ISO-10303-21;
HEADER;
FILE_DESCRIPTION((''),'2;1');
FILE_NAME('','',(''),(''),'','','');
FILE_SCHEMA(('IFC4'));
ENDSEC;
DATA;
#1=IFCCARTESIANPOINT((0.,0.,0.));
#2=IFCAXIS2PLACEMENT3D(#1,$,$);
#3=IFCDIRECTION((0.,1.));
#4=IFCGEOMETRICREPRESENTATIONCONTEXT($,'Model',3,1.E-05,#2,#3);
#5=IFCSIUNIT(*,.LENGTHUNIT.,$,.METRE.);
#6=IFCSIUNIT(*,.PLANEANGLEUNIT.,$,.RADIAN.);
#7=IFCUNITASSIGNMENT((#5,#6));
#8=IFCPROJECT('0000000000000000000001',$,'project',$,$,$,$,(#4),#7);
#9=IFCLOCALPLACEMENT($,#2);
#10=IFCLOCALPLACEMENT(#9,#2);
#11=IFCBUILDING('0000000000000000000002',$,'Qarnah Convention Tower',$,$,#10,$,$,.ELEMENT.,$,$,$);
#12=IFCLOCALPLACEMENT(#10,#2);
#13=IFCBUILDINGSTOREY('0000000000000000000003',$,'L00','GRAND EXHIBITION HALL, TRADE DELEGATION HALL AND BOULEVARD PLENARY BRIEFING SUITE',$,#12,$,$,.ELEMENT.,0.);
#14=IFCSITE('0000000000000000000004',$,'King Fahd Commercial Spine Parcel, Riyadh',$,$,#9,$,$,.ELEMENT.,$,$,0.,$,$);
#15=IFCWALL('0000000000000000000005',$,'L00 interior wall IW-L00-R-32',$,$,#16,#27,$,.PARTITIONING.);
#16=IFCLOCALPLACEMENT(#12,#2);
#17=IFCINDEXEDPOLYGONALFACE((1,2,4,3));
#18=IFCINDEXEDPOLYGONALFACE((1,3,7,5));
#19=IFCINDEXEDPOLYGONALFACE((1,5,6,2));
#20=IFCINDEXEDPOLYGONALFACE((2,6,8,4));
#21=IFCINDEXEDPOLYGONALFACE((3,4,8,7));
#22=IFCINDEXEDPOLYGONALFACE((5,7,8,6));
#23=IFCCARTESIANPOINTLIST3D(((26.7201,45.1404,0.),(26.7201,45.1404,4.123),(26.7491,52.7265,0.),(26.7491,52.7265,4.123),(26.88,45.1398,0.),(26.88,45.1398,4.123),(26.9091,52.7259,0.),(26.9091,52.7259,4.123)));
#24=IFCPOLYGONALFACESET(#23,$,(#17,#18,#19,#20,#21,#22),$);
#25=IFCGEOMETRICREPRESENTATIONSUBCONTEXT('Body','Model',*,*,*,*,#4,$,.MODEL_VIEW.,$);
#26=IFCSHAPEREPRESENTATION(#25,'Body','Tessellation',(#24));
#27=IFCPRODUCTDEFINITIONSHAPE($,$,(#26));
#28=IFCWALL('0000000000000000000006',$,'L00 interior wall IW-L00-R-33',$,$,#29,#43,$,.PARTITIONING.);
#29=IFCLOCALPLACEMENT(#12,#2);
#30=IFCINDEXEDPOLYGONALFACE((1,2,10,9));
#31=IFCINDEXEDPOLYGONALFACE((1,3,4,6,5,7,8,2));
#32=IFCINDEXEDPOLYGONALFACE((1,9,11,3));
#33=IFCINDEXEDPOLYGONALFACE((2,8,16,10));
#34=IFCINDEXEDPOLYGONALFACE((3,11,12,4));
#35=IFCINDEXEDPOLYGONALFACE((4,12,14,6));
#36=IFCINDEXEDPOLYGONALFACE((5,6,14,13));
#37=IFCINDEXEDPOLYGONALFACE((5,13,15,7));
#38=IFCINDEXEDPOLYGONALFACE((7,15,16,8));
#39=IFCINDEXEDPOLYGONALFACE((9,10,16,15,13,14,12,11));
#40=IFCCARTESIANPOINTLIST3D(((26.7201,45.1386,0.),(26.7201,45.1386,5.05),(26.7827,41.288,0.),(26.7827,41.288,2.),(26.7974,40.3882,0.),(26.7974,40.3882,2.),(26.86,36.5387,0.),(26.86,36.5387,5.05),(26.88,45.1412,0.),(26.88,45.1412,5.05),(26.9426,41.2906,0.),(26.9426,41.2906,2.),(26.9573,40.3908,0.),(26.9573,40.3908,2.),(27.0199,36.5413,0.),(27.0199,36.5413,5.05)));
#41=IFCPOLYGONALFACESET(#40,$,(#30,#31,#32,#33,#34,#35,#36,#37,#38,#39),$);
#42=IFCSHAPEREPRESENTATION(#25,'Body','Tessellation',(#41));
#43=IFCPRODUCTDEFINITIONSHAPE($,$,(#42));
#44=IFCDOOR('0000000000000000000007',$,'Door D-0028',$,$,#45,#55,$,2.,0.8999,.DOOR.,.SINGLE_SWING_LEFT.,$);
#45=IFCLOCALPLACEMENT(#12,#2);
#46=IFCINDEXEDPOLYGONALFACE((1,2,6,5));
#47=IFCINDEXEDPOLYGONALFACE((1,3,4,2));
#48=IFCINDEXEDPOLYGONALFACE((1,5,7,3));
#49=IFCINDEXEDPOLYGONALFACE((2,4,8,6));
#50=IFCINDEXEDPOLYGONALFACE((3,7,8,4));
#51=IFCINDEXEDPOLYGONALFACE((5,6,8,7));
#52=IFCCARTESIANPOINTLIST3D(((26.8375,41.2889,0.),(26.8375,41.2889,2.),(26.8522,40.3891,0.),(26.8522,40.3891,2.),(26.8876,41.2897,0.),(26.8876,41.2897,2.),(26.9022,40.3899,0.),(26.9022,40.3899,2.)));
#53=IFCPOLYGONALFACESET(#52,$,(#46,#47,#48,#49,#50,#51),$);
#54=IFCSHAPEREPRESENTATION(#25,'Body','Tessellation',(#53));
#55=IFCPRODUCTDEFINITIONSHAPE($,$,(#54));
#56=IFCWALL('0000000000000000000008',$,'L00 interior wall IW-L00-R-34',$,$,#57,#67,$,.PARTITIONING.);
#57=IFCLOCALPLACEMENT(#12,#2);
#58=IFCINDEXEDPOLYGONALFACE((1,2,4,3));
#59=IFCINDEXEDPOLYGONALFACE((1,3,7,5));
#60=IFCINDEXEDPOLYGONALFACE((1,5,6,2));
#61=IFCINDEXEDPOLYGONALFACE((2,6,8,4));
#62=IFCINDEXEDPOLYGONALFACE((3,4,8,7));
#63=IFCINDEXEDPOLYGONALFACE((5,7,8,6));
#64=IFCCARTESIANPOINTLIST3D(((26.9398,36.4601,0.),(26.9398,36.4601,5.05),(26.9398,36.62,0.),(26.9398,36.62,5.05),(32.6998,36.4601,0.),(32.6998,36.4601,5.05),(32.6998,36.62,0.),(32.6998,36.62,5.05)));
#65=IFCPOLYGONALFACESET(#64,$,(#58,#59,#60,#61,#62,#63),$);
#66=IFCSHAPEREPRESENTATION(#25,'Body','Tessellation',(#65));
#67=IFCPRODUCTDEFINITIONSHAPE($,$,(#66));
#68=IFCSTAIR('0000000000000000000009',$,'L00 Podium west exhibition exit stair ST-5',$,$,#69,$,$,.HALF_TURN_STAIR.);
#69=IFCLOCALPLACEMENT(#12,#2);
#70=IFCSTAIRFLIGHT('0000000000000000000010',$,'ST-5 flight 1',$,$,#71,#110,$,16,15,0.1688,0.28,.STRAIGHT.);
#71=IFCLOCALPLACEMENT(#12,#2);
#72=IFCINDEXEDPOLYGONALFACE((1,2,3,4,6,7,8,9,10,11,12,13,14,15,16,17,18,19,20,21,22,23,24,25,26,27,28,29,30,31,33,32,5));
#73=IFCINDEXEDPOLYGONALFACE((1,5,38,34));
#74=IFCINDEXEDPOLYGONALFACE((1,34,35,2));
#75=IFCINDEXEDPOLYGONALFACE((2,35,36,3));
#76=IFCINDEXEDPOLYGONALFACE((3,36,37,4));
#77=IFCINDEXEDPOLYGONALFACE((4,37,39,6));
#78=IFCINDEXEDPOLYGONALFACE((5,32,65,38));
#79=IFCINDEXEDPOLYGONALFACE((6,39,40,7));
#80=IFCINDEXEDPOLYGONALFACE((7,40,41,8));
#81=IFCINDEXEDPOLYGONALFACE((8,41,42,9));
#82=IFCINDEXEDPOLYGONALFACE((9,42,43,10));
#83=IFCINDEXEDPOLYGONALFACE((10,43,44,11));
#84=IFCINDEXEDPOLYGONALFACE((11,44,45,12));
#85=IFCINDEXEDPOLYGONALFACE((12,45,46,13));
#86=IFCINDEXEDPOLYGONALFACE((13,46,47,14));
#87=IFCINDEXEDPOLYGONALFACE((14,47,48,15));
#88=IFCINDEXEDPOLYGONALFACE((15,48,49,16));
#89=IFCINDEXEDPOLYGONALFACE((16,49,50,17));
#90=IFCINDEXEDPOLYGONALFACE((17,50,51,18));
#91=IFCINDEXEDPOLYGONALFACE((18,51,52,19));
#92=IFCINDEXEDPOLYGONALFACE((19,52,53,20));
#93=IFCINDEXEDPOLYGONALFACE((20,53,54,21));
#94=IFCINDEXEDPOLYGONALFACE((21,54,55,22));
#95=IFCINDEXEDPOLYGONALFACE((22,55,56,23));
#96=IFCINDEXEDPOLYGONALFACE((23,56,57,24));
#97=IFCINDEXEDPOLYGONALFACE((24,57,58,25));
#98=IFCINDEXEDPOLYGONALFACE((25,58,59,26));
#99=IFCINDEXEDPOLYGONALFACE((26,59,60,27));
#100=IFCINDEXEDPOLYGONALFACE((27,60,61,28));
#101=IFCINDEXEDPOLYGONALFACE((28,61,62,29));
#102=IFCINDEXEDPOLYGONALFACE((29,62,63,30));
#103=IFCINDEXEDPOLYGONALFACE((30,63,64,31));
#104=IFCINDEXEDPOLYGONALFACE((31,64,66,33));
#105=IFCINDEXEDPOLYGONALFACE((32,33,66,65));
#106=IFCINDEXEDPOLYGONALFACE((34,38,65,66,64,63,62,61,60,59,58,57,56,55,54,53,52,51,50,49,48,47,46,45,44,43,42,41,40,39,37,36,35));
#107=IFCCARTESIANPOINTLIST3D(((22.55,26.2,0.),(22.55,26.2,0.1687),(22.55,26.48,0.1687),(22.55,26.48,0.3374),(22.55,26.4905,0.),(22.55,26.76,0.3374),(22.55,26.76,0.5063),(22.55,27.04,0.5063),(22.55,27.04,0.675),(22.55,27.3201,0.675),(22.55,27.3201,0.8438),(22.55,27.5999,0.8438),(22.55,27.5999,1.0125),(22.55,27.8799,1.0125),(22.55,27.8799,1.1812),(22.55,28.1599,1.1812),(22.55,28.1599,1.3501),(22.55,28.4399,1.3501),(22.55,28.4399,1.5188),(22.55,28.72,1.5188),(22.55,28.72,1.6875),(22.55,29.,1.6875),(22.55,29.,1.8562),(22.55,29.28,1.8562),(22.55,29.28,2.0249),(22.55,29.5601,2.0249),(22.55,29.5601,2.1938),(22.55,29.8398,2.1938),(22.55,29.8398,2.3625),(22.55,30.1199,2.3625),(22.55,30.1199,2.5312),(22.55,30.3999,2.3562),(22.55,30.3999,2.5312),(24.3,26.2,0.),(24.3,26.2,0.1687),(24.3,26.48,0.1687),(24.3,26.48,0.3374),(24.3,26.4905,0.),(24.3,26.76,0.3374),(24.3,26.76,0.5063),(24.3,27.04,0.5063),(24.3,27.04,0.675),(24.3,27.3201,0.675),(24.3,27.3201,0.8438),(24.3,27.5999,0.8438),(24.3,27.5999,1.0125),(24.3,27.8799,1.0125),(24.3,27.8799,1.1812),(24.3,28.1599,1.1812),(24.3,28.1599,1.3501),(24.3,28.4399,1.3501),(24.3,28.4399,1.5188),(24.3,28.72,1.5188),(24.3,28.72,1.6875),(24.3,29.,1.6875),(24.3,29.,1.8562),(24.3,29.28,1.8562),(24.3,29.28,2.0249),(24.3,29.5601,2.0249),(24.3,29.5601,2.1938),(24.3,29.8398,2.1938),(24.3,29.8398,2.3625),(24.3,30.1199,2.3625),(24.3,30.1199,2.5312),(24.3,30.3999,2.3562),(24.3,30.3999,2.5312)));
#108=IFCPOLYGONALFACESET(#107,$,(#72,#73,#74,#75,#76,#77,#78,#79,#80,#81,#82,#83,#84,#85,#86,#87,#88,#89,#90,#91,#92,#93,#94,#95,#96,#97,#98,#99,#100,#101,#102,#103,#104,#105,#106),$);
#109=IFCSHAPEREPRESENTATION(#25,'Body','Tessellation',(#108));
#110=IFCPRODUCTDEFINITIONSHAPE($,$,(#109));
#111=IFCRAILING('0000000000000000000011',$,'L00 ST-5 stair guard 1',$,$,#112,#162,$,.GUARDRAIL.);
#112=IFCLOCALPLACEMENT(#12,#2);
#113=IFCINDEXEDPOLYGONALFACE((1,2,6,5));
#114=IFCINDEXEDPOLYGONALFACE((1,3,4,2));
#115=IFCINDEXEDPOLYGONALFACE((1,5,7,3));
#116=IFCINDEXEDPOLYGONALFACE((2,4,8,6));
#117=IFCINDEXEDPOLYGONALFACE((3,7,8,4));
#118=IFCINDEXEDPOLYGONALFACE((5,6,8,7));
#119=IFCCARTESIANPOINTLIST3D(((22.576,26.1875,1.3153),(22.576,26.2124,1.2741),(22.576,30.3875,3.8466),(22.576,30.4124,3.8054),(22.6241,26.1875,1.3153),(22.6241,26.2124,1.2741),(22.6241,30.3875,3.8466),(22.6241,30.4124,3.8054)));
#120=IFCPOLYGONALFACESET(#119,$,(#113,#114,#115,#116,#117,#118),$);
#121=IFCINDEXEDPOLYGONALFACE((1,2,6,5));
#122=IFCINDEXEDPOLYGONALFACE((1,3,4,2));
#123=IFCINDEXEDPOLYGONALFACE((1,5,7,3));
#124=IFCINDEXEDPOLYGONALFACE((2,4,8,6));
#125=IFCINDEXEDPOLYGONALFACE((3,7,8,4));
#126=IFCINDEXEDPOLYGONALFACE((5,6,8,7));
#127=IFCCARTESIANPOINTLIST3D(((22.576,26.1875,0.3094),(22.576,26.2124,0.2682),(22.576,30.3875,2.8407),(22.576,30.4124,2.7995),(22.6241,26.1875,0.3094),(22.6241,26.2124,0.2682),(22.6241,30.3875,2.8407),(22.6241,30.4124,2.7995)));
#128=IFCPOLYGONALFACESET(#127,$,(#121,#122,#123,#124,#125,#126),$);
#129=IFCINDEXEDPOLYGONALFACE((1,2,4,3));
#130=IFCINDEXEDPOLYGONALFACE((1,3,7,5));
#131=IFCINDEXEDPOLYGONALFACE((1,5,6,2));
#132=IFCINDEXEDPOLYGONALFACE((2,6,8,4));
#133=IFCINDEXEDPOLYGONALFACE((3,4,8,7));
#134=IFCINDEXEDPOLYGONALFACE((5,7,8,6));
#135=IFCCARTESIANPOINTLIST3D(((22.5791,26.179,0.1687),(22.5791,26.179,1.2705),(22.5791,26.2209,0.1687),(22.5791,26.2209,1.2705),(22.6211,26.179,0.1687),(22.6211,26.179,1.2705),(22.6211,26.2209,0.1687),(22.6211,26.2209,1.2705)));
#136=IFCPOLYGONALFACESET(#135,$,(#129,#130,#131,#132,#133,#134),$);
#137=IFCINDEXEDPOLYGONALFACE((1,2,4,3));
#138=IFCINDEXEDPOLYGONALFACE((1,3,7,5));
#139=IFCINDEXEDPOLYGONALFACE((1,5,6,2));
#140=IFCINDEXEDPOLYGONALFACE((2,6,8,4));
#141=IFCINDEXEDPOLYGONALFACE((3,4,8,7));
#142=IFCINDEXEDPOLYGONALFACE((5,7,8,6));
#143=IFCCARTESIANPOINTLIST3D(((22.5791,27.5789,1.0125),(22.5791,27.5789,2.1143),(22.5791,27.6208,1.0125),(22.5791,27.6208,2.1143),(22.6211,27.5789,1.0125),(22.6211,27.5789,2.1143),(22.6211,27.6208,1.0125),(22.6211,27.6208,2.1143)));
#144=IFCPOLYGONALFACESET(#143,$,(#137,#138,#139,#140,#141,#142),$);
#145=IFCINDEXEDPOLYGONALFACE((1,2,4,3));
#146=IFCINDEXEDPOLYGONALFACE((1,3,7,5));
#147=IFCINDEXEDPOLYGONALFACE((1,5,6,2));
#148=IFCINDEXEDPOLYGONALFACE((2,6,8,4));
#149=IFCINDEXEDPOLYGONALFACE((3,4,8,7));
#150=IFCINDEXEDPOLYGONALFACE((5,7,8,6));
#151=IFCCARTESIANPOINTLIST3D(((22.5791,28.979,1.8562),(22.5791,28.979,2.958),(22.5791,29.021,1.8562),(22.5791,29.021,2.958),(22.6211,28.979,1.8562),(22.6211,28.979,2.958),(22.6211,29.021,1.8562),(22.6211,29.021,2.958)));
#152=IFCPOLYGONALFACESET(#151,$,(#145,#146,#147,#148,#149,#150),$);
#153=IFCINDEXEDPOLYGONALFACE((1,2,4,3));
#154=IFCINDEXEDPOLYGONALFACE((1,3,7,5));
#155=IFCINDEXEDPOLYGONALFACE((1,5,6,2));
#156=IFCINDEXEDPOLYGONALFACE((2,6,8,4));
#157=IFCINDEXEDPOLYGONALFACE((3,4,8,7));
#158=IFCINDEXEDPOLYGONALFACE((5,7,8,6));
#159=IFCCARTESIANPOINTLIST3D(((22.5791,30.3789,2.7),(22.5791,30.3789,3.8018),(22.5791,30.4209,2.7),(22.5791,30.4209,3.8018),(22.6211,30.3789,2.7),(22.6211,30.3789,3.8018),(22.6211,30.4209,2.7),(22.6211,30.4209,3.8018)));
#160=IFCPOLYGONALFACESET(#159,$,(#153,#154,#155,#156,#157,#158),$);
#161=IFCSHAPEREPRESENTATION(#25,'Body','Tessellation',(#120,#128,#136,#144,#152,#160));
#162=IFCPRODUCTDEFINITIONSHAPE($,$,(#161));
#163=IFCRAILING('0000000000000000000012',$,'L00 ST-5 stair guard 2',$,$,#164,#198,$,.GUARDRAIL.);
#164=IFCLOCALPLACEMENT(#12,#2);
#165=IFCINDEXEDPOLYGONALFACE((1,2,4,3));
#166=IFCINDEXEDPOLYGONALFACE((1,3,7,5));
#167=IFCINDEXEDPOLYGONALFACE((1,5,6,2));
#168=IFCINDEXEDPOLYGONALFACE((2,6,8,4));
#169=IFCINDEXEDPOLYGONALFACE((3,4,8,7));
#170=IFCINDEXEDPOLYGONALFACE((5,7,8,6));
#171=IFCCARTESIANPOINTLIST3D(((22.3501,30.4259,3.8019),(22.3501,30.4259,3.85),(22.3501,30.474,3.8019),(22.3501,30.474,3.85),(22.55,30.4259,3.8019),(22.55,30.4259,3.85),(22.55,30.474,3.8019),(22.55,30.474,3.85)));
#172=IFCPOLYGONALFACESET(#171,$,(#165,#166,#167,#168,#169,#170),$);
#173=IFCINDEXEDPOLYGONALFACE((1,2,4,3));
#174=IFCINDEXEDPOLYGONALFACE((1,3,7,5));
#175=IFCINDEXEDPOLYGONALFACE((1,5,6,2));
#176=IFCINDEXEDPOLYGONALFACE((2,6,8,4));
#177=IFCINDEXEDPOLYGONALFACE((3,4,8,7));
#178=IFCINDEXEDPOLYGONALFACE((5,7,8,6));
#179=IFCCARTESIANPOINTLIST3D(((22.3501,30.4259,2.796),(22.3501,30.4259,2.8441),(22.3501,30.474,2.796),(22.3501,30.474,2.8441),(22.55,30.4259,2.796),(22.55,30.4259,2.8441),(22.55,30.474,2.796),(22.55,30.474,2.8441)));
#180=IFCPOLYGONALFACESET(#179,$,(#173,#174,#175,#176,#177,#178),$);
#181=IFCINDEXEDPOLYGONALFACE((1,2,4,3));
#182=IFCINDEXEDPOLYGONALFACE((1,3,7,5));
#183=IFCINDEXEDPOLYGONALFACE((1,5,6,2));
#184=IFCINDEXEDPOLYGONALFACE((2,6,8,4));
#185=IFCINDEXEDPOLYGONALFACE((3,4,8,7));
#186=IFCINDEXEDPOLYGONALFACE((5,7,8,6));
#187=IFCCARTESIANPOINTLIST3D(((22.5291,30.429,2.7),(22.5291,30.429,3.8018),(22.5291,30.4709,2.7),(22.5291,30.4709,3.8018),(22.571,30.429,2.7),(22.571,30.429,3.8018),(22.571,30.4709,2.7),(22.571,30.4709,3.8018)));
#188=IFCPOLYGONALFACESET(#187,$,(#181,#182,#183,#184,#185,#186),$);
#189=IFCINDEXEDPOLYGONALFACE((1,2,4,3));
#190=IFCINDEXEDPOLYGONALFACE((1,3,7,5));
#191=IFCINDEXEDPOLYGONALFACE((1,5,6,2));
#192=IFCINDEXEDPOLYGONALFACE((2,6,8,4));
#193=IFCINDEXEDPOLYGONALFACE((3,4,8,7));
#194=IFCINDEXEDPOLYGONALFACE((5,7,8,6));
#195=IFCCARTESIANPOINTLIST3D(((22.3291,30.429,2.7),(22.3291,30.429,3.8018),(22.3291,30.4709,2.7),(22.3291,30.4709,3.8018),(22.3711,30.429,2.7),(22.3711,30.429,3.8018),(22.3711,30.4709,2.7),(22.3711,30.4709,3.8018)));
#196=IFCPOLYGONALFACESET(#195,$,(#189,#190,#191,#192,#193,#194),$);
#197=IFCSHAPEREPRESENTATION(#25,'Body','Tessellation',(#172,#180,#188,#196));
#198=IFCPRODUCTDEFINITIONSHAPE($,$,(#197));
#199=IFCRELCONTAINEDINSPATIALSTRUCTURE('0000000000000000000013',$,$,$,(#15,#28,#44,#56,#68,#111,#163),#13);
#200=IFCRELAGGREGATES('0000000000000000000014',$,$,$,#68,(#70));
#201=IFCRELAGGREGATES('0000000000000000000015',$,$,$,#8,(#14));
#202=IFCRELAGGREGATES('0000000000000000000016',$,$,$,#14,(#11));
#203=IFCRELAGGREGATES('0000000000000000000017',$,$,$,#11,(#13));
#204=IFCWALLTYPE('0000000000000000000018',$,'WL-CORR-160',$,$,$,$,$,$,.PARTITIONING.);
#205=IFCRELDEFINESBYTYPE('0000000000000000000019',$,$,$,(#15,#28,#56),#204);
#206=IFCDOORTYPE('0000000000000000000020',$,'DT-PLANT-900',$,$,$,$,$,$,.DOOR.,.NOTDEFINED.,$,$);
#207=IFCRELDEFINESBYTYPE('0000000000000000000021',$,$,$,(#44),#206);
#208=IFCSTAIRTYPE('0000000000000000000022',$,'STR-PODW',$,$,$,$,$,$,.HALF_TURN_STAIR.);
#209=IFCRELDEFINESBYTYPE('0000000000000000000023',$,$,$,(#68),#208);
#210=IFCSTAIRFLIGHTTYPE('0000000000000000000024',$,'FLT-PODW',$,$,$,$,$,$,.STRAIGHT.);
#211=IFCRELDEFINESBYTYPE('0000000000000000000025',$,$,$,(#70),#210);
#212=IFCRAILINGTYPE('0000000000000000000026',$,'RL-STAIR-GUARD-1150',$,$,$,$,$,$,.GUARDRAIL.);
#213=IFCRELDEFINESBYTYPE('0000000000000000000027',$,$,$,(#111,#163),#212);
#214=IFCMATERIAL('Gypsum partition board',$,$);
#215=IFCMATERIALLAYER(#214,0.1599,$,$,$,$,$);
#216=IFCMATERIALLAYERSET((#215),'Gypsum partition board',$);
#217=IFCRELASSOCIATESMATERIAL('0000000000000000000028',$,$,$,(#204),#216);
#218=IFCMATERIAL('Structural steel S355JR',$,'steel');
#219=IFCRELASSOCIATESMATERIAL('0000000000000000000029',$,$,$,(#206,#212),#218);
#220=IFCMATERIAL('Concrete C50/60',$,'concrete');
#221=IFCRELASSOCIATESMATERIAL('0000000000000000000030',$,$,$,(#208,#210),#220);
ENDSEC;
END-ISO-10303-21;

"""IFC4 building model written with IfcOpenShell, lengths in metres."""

from ifc_helpers import new_model, si_unit, direction, frame, frame_2d, origin, origin_2d, place, context, subcontext, project, spatial, polyline, rectangle, outline, extrude, material, layer, layer_set, type_object, element, fill, aggregate, save


model = new_model("IFC4")

# Units and contexts
model_context = context("Model", 3, precision=1e-05, world=origin(), true_north=direction((0.0, 1.0)))
body_context = subcontext(model_context, "Body", "Model", "MODEL_VIEW")
ifc_project = project(units=[si_unit("LENGTHUNIT", "METRE"), si_unit("PLANEANGLEUNIT", "RADIAN")], contexts=[model_context])

# Site, building, storey
site_placement = place(None, origin())
site = spatial("IfcSite", under=ifc_project, at=site_placement, Name="King Fahd Commercial Spine Parcel, Riyadh", CompositionType="ELEMENT", RefElevation=0.0)
building_placement = place(site_placement, origin())
building = spatial("IfcBuilding", under=site, at=building_placement, Name="Qarnah Convention Tower", CompositionType="ELEMENT")
storey_placement = place(building_placement, origin())
storey = spatial("IfcBuildingStorey", under=building, at=storey_placement, Name="L00", Description="GRAND EXHIBITION HALL, TRADE DELEGATION HALL AND BOULEVARD PLENARY BRIEFING SUITE", CompositionType="ELEMENT", Elevation=0.0)

# Shared definitions
ifc_material_1 = material(Name="Structural steel S355JR", Category="steel")

# Shared definitions
ifc_material_2 = material(Name="Gypsum partition board")
ifc_layer_1 = layer(ifc_material_2, 0.1599)
ifc_layer_set_1 = layer_set([ifc_layer_1], Name="Gypsum partition board")
wall_type_1 = type_object("IfcWallType", Name="WL-CORR-160", PredefinedType="PARTITIONING", material=ifc_layer_set_1)

# Wall
wall_1_placement = place(storey_placement, frame((26.8291, 52.7261, 0.0), z_axis=(0.0, 0.0, 1.0), x_axis=(-0.00383, -0.999993, 0.0)))
element("IfcWall", 1, at=wall_1_placement, inside=storey, type_object=wall_type_1, Name="L00 interior wall IW-L00-R-32", PredefinedType="PARTITIONING", context=body_context, shape_type="SweptSolid", body=[
    extrude(rectangle(XDim=7.5862, YDim=0.1599, at=frame_2d((3.793, 0.0))), origin(), (0.0, 0.0, 1.0), 4.123),
])

# Wall, opening, door
wall_2_placement = place(storey_placement, frame((26.8, 45.1399, 0.0), z_axis=(0.0, 0.0, 1.0), x_axis=(0.016265, -0.999868, 0.0)))
wall_2 = element("IfcWall", 2, at=wall_2_placement, inside=storey, type_object=wall_type_1, Name="L00 interior wall IW-L00-R-33", PredefinedType="PARTITIONING", context=body_context, shape_type="SweptSolid", body=[
    extrude(rectangle(XDim=8.6011, YDim=0.1599, at=frame_2d((4.3005, 0.0))), origin(), (0.0, 0.0, 1.0), 5.05),
])
opening_1_placement = place(wall_2_placement, frame((3.8511, 0.0, 0.0)))
opening_1 = element("IfcOpeningElement", 3, at=opening_1_placement, cuts=wall_2, PredefinedType="OPENING", context=body_context, shape_type="SweptSolid", body=[
    extrude(rectangle(XDim=0.8999, YDim=2.0, at=frame_2d((0.45, 1.0))), frame((0.0, 0.0898, 0.0), z_axis=(0.0, -1.0, 0.0), x_axis=(1.0, 0.0, 0.0)), (0.0, 0.0, 1.0), 0.1799),
])
door_type_1 = type_object("IfcDoorType", Name="DT-PLANT-900", OperationType="NOTDEFINED", PredefinedType="DOOR", material=ifc_material_1)
door_1_placement = place(opening_1_placement, origin())
door_1 = element("IfcDoor", 4, at=door_1_placement, inside=storey, type_object=door_type_1, Name="Door D-0028", OperationType="SINGLE_SWING_LEFT", OverallHeight=2.0, OverallWidth=0.8999, PredefinedType="DOOR", context=body_context, shape_type="SweptSolid", body=[
    extrude(rectangle(XDim=0.8999, YDim=2.0, at=frame_2d((0.45, 1.0))), frame((0.0, 0.0249, 0.0), z_axis=(0.0, -1.0, 0.0), x_axis=(1.0, 0.0, 0.0)), (0.0, 0.0, 1.0), 0.05),
])
fill(opening_1, door_1)

# Wall
wall_3_placement = place(storey_placement, frame((26.9399, 36.54, 0.0), z_axis=(0.0, 0.0, 1.0), x_axis=(1.0, 0.0, 0.0)))
element("IfcWall", 5, at=wall_3_placement, inside=storey, type_object=wall_type_1, Name="L00 interior wall IW-L00-R-34", PredefinedType="PARTITIONING", context=body_context, shape_type="SweptSolid", body=[
    extrude(rectangle(XDim=5.76, YDim=0.1599, at=frame_2d((2.8799, 0.0))), origin(), (0.0, 0.0, 1.0), 5.05),
])

# Stair, stair flight
ifc_material_3 = material(Name="Concrete C50/60", Category="concrete")
stair_type = type_object("IfcStairType", Name="STR-PODW", PredefinedType="HALF_TURN_STAIR", material=ifc_material_3)
stair_placement = place(storey_placement, origin())
stair = element("IfcStair", 6, at=stair_placement, inside=storey, type_object=stair_type, Name="L00 Podium west exhibition exit stair ST-5", PredefinedType="HALF_TURN_STAIR")
stair_flight_type = type_object("IfcStairFlightType", Name="FLT-PODW", PredefinedType="STRAIGHT", material=ifc_material_3)
stair_flight_placement = place(storey_placement, frame((23.425, 26.2, 0.0), z_axis=(0.0, 0.0, 1.0), x_axis=(0.0, 1.0, 0.0)))
stair_flight = element("IfcStairFlight", 7, at=stair_flight_placement, type_object=stair_flight_type, Name="ST-5 flight 1", NumberOfRisers=16, NumberOfTreads=15, PredefinedType="STRAIGHT", RiserHeight=0.1688, TreadLength=0.28, context=body_context, shape_type="SweptSolid", body=[
    extrude(outline(polyline([(0.0, 0.0), (0.0, 0.1687), (0.28, 0.1687), (0.28, 0.3374), (0.5601, 0.3374), (0.5601, 0.5063), (0.8401, 0.5063), (0.8401, 0.675), (1.1201, 0.675), (1.1201, 0.8438), (1.3999, 0.8438), (1.3999, 1.0125), (1.6799, 1.0125), (1.6799, 1.1812), (1.96, 1.1812), (1.96, 1.3501), (2.24, 1.3501), (2.24, 1.5188), (2.52, 1.5188), (2.52, 1.6875), (2.8, 1.6875), (2.8, 1.8562), (3.0801, 1.8562), (3.0801, 2.0249), (3.3601, 2.0249), (3.3601, 2.1938), (3.6399, 2.1938), (3.6399, 2.3625), (3.9199, 2.3625), (3.9199, 2.5312), (4.2, 2.5312), (4.2, 2.7), (4.2, 2.3562), (0.2905, 0.0), (0.0, 0.0)])), frame((0.0, 0.875, 0.0), z_axis=(0.0, -1.0, 0.0), x_axis=(1.0, 0.0, 0.0)), (0.0, 0.0, 1.0), 1.75),
])
aggregate(stair, [stair_flight])

# Railings
railing_type_1 = type_object("IfcRailingType", Name="RL-STAIR-GUARD-1150", PredefinedType="GUARDRAIL", material=ifc_material_1)
railing_1_placement = place(storey_placement, frame((22.6001, 26.2, 0.1687)))
element("IfcRailing", 8, at=railing_1_placement, inside=storey, type_object=railing_type_1, Name="L00 ST-5 stair guard 1", PredefinedType="GUARDRAIL", context=body_context, shape_type="SweptSolid", body=[
    extrude(rectangle(XDim=0.0481, YDim=0.0481, at=origin_2d()), frame((0.0, 0.0, 1.126), z_axis=(0.0, 0.856476, 0.516186), x_axis=(-1.0, 0.0, 0.0)), (0.0, 0.0, 1.0), 4.9038),
    extrude(rectangle(XDim=0.0481, YDim=0.0481, at=origin_2d()), frame((0.0, 0.0, 0.1201), z_axis=(0.0, 0.856476, 0.516186), x_axis=(-1.0, 0.0, 0.0)), (0.0, 0.0, 1.0), 4.9038),
    extrude(rectangle(XDim=0.042, YDim=0.042, at=origin_2d()), origin(), (0.0, 0.0, 1.0), 1.1018),
    extrude(rectangle(XDim=0.042, YDim=0.042, at=origin_2d()), frame((0.0, 1.3999, 0.8438)), (0.0, 0.0, 1.0), 1.1018),
    extrude(rectangle(XDim=0.042, YDim=0.042, at=origin_2d()), frame((0.0, 2.8, 1.6875)), (0.0, 0.0, 1.0), 1.1018),
    extrude(rectangle(XDim=0.042, YDim=0.042, at=origin_2d()), frame((0.0, 4.2, 2.5312)), (0.0, 0.0, 1.0), 1.1018),
])
railing_2_placement = place(storey_placement, frame((22.55, 30.45, 2.7)))
element("IfcRailing", 9, at=railing_2_placement, inside=storey, type_object=railing_type_1, Name="L00 ST-5 stair guard 2", PredefinedType="GUARDRAIL", context=body_context, shape_type="SweptSolid", body=[
    extrude(rectangle(XDim=0.0481, YDim=0.0481, at=origin_2d()), frame((0.0, 0.0, 1.126), z_axis=(-1.0, 0.0, 0.0), x_axis=(0.0, -1.0, 0.0)), (0.0, 0.0, 1.0), 0.2),
    extrude(rectangle(XDim=0.0481, YDim=0.0481, at=origin_2d()), frame((0.0, 0.0, 0.1201), z_axis=(-1.0, 0.0, 0.0), x_axis=(0.0, -1.0, 0.0)), (0.0, 0.0, 1.0), 0.2),
    extrude(rectangle(XDim=0.042, YDim=0.042, at=origin_2d()), origin(), (0.0, 0.0, 1.0), 1.1018),
    extrude(rectangle(XDim=0.042, YDim=0.042, at=origin_2d()), frame((-0.2, 0.0, 0.0)), (0.0, 0.0, 1.0), 1.1018),
])

save(model, "model.ifc")
